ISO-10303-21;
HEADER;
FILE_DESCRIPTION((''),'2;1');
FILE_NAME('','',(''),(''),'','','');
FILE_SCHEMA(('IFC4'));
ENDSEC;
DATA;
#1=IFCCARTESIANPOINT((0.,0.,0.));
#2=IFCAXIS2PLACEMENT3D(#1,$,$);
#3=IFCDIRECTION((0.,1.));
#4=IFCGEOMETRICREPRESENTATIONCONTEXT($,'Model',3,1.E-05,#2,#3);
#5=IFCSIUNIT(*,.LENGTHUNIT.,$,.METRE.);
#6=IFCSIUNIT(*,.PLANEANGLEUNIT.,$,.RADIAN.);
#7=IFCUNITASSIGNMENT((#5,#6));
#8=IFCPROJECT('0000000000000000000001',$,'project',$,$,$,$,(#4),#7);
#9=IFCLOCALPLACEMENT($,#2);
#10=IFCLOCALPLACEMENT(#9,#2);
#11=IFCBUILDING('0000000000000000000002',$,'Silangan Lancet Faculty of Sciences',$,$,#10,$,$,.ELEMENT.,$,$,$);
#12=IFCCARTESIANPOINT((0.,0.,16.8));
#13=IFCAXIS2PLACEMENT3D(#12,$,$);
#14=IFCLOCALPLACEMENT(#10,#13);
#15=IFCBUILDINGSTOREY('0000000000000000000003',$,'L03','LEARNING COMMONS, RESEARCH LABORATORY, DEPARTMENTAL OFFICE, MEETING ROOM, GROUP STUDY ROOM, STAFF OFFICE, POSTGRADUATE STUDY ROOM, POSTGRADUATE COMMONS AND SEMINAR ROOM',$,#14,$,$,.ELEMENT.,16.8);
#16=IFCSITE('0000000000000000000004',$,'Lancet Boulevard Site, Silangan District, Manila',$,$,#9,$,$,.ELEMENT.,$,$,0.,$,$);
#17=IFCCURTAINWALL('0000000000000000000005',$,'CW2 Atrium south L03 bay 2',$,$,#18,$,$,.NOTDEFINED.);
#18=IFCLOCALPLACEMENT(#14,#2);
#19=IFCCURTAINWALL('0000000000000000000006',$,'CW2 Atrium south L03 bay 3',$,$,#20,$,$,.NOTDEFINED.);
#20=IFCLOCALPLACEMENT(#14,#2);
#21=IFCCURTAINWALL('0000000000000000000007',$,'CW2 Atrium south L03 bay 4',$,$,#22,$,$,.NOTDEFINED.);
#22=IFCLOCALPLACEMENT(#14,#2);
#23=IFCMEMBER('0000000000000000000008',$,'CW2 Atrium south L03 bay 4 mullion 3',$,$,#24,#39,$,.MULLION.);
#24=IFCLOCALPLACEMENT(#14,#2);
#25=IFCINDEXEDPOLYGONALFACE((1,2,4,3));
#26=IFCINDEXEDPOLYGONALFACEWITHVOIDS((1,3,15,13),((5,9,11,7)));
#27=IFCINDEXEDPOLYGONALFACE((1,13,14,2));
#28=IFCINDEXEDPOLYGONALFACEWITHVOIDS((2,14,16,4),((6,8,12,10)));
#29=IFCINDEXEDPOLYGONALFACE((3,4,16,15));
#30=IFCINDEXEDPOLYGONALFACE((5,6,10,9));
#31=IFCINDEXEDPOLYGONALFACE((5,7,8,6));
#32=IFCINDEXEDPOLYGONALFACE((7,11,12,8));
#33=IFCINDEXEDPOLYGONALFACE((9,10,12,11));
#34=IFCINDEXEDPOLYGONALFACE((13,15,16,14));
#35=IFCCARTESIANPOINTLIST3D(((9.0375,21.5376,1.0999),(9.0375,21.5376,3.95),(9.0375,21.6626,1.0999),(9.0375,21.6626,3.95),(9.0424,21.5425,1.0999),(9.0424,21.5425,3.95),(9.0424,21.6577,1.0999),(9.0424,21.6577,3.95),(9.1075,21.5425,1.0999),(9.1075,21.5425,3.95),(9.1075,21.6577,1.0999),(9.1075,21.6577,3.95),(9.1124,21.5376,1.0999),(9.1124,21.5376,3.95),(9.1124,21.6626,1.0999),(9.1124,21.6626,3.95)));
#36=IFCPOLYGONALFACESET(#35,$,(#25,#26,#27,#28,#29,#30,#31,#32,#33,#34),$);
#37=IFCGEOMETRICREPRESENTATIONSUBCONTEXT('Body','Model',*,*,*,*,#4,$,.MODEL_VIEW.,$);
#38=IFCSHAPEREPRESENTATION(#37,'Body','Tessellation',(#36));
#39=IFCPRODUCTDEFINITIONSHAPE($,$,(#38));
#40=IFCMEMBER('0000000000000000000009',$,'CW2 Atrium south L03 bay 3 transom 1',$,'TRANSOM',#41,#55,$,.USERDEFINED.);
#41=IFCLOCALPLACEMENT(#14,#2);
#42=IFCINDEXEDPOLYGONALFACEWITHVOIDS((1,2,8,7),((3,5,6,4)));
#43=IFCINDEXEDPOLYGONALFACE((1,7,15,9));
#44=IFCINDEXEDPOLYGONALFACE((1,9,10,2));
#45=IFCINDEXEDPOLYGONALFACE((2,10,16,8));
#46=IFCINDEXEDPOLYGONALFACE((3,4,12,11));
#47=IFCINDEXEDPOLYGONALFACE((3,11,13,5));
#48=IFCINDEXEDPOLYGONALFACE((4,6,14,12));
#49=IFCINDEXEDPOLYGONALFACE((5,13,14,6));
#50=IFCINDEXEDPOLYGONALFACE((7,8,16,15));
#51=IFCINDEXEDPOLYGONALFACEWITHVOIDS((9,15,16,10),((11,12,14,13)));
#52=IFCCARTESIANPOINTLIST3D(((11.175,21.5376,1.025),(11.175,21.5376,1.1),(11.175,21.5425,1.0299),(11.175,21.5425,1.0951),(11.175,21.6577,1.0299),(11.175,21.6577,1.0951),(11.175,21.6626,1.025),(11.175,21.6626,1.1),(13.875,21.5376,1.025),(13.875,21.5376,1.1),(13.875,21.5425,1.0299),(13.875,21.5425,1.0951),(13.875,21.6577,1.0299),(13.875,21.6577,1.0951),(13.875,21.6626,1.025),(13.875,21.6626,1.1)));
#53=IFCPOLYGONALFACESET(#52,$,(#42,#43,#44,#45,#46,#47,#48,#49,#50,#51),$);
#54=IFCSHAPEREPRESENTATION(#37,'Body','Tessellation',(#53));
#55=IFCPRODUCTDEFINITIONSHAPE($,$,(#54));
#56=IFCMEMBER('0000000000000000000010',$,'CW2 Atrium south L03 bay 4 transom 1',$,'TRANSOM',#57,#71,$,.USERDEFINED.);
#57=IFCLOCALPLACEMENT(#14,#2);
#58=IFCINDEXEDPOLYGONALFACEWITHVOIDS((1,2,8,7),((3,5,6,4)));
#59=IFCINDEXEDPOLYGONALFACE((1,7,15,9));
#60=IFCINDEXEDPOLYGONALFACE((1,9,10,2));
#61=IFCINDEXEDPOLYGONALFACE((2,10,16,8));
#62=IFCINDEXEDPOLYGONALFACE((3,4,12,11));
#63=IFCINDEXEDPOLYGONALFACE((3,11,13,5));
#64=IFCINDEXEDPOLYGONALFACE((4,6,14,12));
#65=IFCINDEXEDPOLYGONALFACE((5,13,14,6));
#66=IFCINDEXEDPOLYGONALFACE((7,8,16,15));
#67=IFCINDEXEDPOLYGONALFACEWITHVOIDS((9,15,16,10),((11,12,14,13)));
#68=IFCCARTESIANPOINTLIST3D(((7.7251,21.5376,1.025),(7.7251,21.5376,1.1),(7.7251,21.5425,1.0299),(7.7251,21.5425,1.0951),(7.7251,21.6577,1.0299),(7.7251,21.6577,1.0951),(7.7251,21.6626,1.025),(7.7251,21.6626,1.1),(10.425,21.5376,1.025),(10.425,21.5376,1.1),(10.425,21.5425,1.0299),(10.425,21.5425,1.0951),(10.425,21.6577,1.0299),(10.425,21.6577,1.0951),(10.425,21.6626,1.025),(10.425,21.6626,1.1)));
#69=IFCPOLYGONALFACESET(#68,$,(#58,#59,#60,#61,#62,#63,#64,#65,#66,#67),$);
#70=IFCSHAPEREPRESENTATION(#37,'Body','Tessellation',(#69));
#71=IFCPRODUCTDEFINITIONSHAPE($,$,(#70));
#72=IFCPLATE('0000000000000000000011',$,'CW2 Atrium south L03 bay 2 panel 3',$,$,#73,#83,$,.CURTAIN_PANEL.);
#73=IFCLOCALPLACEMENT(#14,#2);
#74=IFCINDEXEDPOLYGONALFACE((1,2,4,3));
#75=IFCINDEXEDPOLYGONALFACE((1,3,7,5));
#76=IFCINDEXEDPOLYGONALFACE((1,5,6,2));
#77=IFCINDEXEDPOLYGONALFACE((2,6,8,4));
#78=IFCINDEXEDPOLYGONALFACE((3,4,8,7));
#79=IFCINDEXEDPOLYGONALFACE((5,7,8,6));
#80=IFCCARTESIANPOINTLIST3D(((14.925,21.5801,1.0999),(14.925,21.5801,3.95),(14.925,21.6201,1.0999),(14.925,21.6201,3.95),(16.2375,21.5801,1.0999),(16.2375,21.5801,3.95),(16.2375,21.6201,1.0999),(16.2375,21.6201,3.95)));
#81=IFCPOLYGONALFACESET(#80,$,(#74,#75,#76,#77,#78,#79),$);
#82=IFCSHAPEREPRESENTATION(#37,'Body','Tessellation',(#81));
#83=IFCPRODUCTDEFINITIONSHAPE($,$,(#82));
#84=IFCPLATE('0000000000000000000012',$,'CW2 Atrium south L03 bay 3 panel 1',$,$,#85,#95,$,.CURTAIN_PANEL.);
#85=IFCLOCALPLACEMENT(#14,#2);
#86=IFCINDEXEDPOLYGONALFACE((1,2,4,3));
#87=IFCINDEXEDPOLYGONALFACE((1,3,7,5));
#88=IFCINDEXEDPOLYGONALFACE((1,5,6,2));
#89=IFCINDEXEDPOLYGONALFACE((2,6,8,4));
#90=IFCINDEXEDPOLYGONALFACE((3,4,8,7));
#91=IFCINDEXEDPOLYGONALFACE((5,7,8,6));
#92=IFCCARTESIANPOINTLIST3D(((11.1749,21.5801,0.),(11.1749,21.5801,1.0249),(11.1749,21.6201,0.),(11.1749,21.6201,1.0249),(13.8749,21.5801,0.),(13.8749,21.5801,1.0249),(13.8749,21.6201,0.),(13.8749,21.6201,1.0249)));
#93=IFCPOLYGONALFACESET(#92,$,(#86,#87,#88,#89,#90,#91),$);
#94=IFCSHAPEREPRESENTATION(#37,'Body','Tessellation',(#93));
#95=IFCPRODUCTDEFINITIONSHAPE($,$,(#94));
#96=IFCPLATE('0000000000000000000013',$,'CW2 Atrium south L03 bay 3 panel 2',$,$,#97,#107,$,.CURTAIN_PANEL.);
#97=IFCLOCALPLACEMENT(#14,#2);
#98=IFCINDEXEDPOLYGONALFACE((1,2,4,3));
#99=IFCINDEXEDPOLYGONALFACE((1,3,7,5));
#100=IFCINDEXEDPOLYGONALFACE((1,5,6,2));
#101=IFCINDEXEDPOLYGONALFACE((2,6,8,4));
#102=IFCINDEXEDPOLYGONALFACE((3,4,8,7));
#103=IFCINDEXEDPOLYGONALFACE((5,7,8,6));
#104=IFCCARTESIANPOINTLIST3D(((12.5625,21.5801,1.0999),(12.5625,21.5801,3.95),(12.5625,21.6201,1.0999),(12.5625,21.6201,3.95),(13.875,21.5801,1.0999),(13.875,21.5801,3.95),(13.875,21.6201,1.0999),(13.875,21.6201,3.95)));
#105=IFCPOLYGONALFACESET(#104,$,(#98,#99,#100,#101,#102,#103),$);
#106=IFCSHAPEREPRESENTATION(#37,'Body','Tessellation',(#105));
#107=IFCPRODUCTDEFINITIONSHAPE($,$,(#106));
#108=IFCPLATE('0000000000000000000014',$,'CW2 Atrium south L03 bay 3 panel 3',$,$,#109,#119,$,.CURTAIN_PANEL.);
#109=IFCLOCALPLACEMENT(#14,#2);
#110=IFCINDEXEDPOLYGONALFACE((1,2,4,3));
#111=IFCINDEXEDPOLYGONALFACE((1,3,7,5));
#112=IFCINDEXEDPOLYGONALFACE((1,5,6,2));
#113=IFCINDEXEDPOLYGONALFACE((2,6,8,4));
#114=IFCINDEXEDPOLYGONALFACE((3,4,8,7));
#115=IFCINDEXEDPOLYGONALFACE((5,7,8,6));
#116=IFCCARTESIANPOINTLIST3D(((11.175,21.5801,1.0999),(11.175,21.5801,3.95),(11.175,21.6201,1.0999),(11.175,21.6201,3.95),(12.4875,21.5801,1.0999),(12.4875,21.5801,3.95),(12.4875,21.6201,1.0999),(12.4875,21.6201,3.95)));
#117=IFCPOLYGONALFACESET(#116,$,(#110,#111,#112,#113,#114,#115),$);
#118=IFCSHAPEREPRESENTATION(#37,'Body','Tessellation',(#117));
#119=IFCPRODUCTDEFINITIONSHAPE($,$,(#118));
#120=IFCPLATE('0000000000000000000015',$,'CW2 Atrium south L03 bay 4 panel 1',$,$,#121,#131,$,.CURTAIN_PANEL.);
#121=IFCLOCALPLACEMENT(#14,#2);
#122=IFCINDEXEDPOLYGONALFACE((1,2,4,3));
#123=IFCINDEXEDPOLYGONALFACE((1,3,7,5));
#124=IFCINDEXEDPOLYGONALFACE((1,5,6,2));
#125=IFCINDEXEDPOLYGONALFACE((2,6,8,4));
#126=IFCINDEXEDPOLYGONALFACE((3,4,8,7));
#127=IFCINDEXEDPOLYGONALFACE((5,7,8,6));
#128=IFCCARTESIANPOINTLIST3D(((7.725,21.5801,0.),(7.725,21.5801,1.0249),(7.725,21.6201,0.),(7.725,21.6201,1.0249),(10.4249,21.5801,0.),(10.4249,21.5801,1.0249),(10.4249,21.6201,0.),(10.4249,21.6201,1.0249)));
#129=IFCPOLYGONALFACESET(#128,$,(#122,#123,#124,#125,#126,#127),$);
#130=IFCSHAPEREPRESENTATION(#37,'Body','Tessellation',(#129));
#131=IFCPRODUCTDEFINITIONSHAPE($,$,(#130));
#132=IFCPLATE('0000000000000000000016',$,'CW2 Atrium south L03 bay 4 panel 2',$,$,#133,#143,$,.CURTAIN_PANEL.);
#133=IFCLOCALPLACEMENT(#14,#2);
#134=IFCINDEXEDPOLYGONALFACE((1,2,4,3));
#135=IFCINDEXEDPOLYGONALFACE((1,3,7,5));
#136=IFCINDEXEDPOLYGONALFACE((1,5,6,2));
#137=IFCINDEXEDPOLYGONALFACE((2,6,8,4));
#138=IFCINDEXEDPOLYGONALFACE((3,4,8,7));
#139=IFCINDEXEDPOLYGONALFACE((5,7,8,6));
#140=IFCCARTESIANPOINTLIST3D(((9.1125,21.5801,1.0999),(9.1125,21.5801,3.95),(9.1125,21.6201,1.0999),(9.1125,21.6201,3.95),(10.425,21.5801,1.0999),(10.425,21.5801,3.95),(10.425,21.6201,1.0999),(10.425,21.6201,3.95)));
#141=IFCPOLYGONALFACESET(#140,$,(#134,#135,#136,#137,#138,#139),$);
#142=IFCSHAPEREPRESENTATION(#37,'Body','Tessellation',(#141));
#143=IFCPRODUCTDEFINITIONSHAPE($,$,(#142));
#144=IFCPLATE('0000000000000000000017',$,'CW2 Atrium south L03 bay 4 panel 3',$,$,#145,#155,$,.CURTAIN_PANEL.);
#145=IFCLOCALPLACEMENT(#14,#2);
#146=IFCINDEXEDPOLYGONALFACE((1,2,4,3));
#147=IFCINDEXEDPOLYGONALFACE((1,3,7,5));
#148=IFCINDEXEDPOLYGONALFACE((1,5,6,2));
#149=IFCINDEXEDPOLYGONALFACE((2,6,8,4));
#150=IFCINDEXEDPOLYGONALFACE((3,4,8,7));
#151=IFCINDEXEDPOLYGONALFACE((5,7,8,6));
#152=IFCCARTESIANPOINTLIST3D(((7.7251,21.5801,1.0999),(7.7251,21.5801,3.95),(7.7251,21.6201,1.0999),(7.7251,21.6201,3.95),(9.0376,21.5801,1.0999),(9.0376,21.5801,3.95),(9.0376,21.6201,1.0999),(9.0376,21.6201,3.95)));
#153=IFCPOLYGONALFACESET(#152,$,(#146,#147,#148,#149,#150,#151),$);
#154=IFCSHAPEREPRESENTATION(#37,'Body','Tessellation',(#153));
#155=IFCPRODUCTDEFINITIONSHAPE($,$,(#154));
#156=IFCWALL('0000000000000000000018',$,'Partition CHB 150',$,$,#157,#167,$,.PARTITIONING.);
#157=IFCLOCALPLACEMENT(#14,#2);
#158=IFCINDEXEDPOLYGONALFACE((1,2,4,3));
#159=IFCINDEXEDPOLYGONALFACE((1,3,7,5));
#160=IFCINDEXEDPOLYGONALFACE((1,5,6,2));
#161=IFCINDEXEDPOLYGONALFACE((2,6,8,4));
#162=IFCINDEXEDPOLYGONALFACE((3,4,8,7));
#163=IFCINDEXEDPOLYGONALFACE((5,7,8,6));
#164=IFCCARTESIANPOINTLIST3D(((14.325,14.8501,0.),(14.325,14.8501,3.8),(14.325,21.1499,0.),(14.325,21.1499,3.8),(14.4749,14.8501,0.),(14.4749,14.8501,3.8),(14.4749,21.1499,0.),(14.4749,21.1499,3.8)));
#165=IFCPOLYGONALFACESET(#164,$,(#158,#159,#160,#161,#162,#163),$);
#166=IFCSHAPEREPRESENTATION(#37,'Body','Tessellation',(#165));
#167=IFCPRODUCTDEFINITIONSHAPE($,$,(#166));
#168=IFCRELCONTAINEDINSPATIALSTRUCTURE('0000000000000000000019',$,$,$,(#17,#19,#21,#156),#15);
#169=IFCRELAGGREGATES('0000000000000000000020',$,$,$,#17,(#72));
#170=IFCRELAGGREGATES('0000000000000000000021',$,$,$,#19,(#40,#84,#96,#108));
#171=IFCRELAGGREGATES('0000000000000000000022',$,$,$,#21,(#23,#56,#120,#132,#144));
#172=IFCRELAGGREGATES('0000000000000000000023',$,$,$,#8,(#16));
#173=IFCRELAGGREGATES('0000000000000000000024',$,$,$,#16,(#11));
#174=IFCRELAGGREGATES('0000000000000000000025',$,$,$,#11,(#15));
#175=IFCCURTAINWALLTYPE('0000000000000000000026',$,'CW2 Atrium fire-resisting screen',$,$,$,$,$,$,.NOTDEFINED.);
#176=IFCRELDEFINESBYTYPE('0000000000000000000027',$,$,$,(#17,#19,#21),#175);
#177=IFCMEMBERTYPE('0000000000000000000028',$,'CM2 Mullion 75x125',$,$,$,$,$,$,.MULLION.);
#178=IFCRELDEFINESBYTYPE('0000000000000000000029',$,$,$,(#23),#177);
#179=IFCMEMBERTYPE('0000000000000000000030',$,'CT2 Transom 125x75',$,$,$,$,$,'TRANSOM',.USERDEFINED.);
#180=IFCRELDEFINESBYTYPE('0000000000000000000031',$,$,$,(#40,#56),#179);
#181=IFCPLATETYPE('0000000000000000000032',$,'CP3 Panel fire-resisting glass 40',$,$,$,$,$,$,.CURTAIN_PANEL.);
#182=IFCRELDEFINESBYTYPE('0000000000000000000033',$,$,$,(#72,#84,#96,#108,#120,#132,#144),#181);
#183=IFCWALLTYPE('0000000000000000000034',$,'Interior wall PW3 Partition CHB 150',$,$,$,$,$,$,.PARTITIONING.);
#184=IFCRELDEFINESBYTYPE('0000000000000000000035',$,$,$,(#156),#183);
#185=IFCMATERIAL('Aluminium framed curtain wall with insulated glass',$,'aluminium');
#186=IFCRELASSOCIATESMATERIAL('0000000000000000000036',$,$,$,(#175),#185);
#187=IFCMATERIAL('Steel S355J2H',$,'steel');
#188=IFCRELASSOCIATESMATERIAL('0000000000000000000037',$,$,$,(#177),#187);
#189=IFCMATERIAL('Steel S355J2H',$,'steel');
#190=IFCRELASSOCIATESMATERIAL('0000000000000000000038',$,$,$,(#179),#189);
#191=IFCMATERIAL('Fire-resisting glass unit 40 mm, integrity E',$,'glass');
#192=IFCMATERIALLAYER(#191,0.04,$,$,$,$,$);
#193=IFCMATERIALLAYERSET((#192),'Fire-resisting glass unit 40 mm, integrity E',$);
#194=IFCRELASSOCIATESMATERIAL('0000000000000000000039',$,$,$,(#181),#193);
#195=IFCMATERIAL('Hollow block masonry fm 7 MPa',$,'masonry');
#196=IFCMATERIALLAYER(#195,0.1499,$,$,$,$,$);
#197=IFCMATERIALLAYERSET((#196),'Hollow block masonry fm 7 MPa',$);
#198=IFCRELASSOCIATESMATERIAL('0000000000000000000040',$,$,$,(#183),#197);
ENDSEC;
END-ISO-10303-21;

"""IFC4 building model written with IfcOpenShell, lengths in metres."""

from ifc_helpers import new_model, si_unit, direction, frame, frame_2d, origin, origin_2d, place, context, subcontext, project, spatial, rectangle, hollow_rectangle, extrude, material, layer, layer_set, material_profile, profile_set, type_object, element, aggregate, save


model = new_model("IFC4")

# Units and contexts
model_context = context("Model", 3, precision=1e-05, world=origin(), true_north=direction((0.0, 1.0)))
body_context = subcontext(model_context, "Body", "Model", "MODEL_VIEW")
ifc_project = project(units=[si_unit("LENGTHUNIT", "METRE"), si_unit("PLANEANGLEUNIT", "RADIAN")], contexts=[model_context])

# Site, building, storey
site_placement = place(None, origin())
site = spatial("IfcSite", under=ifc_project, at=site_placement, Name="Lancet Boulevard Site, Silangan District, Manila", CompositionType="ELEMENT", RefElevation=0.0)
building_placement = place(site_placement, origin())
building = spatial("IfcBuilding", under=site, at=building_placement, Name="Silangan Lancet Faculty of Sciences", CompositionType="ELEMENT")
storey_placement = place(building_placement, frame((0.0, 0.0, 16.8)))
storey = spatial("IfcBuildingStorey", under=building, at=storey_placement, Name="L03", Description="LEARNING COMMONS, RESEARCH LABORATORY, DEPARTMENTAL OFFICE, MEETING ROOM, GROUP STUDY ROOM, STAFF OFFICE, POSTGRADUATE STUDY ROOM, POSTGRADUATE COMMONS AND SEMINAR ROOM", CompositionType="ELEMENT", Elevation=16.8)

# Curtain wall
ifc_material_1 = material(Name="Aluminium framed curtain wall with insulated glass", Category="aluminium")
curtain_wall_type = type_object("IfcCurtainWallType", Name="CW2 Atrium fire-resisting screen", PredefinedType="NOTDEFINED", material=ifc_material_1)
curtain_wall_1_placement = place(storey_placement, origin())
curtain_wall_1 = element("IfcCurtainWall", 1, at=curtain_wall_1_placement, inside=storey, type_object=curtain_wall_type, Name="CW2 Atrium south L03 bay 2", PredefinedType="NOTDEFINED")
ifc_material_2 = material(Name="Steel S355J2H", Category="steel")
ifc_material_profile_1 = material_profile(ifc_material_2, hollow_rectangle(XDim=0.075, YDim=0.125, WallThickness=0.0049, at=origin_2d()), Name="ST BOX 75x125x5")
ifc_profile_set_1 = profile_set([ifc_material_profile_1], Name="Steel S355J2H")
member_type_1 = type_object("IfcMemberType", Name="CM2 Mullion 75x125", PredefinedType="MULLION", material=ifc_profile_set_1)

# Curtain walls, member
curtain_wall_2_placement = place(storey_placement, origin())
curtain_wall_2 = element("IfcCurtainWall", 2, at=curtain_wall_2_placement, inside=storey, type_object=curtain_wall_type, Name="CW2 Atrium south L03 bay 3", PredefinedType="NOTDEFINED")
curtain_wall_3_placement = place(storey_placement, origin())
curtain_wall_3 = element("IfcCurtainWall", 3, at=curtain_wall_3_placement, inside=storey, type_object=curtain_wall_type, Name="CW2 Atrium south L03 bay 4", PredefinedType="NOTDEFINED")
member_1_placement = place(storey_placement, frame((9.075, 21.6001, 1.0999), z_axis=(0.0, 0.0, 1.0), x_axis=(-1.0, 0.0, 0.0)))
member_1 = element("IfcMember", 4, at=member_1_placement, type_object=member_type_1, Name="CW2 Atrium south L03 bay 4 mullion 3", PredefinedType="MULLION", context=body_context, shape_type="SweptSolid", body=[
    extrude(hollow_rectangle(XDim=0.075, YDim=0.125, WallThickness=0.0049, at=origin_2d()), origin(), (0.0, 0.0, 1.0), 2.8501),
])

# Members
ifc_material_3 = material(Name="Steel S355J2H", Category="steel")
ifc_material_profile_2 = material_profile(ifc_material_3, hollow_rectangle(XDim=0.125, YDim=0.075, WallThickness=0.0049, at=origin_2d()), Name="ST BOX 125x75x5")
ifc_profile_set_2 = profile_set([ifc_material_profile_2], Name="Steel S355J2H")
member_type_2 = type_object("IfcMemberType", Name="CT2 Transom 125x75", ElementType="TRANSOM", PredefinedType="USERDEFINED", material=ifc_profile_set_2)
member_2_placement = place(storey_placement, frame((13.875, 21.6001, 1.0625), z_axis=(-1.0, 0.0, 0.0), x_axis=(0.0, -1.0, 0.0)))
member_2 = element("IfcMember", 5, at=member_2_placement, type_object=member_type_2, Name="CW2 Atrium south L03 bay 3 transom 1", ObjectType="TRANSOM", PredefinedType="USERDEFINED", context=body_context, shape_type="SweptSolid", body=[
    extrude(hollow_rectangle(XDim=0.125, YDim=0.075, WallThickness=0.0049, at=origin_2d()), origin(), (0.0, 0.0, 1.0), 2.7),
])
member_3_placement = place(storey_placement, frame((10.425, 21.6001, 1.0625), z_axis=(-1.0, 0.0, 0.0), x_axis=(0.0, -1.0, 0.0)))
member_3 = element("IfcMember", 6, at=member_3_placement, type_object=member_type_2, Name="CW2 Atrium south L03 bay 4 transom 1", ObjectType="TRANSOM", PredefinedType="USERDEFINED", context=body_context, shape_type="SweptSolid", body=[
    extrude(hollow_rectangle(XDim=0.125, YDim=0.075, WallThickness=0.0049, at=origin_2d()), origin(), (0.0, 0.0, 1.0), 2.7),
])

# Plates
ifc_material_4 = material(Name="Fire-resisting glass unit 40 mm, integrity E", Category="glass")
ifc_layer_1 = layer(ifc_material_4, 0.04)
ifc_layer_set_1 = layer_set([ifc_layer_1], Name="Fire-resisting glass unit 40 mm, integrity E")
plate_type = type_object("IfcPlateType", Name="CP3 Panel fire-resisting glass 40", PredefinedType="CURTAIN_PANEL", material=ifc_layer_set_1)
plate_1_placement = place(storey_placement, frame((15.5813, 21.6001, 1.0999), z_axis=(0.0, 0.0, 1.0), x_axis=(-1.0, 0.0, 0.0)))
plate_1 = element("IfcPlate", 7, at=plate_1_placement, type_object=plate_type, Name="CW2 Atrium south L03 bay 2 panel 3", PredefinedType="CURTAIN_PANEL", context=body_context, shape_type="SweptSolid", body=[
    extrude(rectangle(XDim=1.3125, YDim=0.04, at=origin_2d()), origin(), (0.0, 0.0, 1.0), 2.8501),
])
aggregate(curtain_wall_1, [plate_1])
plate_2_placement = place(storey_placement, frame((12.5249, 21.6001, 0.0), z_axis=(0.0, 0.0, 1.0), x_axis=(-1.0, 0.0, 0.0)))
plate_2 = element("IfcPlate", 8, at=plate_2_placement, type_object=plate_type, Name="CW2 Atrium south L03 bay 3 panel 1", PredefinedType="CURTAIN_PANEL", context=body_context, shape_type="SweptSolid", body=[
    extrude(rectangle(XDim=2.7, YDim=0.04, at=origin_2d()), origin(), (0.0, 0.0, 1.0), 1.0249),
])
plate_3_placement = place(storey_placement, frame((13.2188, 21.6001, 1.0999), z_axis=(0.0, 0.0, 1.0), x_axis=(-1.0, 0.0, 0.0)))
plate_3 = element("IfcPlate", 9, at=plate_3_placement, type_object=plate_type, Name="CW2 Atrium south L03 bay 3 panel 2", PredefinedType="CURTAIN_PANEL", context=body_context, shape_type="SweptSolid", body=[
    extrude(rectangle(XDim=1.3125, YDim=0.04, at=origin_2d()), origin(), (0.0, 0.0, 1.0), 2.8501),
])
plate_4_placement = place(storey_placement, frame((11.8313, 21.6001, 1.0999), z_axis=(0.0, 0.0, 1.0), x_axis=(-1.0, 0.0, 0.0)))
plate_4 = element("IfcPlate", 10, at=plate_4_placement, type_object=plate_type, Name="CW2 Atrium south L03 bay 3 panel 3", PredefinedType="CURTAIN_PANEL", context=body_context, shape_type="SweptSolid", body=[
    extrude(rectangle(XDim=1.3125, YDim=0.04, at=origin_2d()), origin(), (0.0, 0.0, 1.0), 2.8501),
])
aggregate(curtain_wall_2, [member_2, plate_2, plate_3, plate_4])
plate_5_placement = place(storey_placement, frame((9.075, 21.6001, 0.0), z_axis=(0.0, 0.0, 1.0), x_axis=(-1.0, 0.0, 0.0)))
plate_5 = element("IfcPlate", 11, at=plate_5_placement, type_object=plate_type, Name="CW2 Atrium south L03 bay 4 panel 1", PredefinedType="CURTAIN_PANEL", context=body_context, shape_type="SweptSolid", body=[
    extrude(rectangle(XDim=2.7, YDim=0.04, at=origin_2d()), origin(), (0.0, 0.0, 1.0), 1.0249),
])
plate_6_placement = place(storey_placement, frame((9.7688, 21.6001, 1.0999), z_axis=(0.0, 0.0, 1.0), x_axis=(-1.0, 0.0, 0.0)))
plate_6 = element("IfcPlate", 12, at=plate_6_placement, type_object=plate_type, Name="CW2 Atrium south L03 bay 4 panel 2", PredefinedType="CURTAIN_PANEL", context=body_context, shape_type="SweptSolid", body=[
    extrude(rectangle(XDim=1.3125, YDim=0.04, at=origin_2d()), origin(), (0.0, 0.0, 1.0), 2.8501),
])
plate_7_placement = place(storey_placement, frame((8.3813, 21.6001, 1.0999), z_axis=(0.0, 0.0, 1.0), x_axis=(-1.0, 0.0, 0.0)))
plate_7 = element("IfcPlate", 13, at=plate_7_placement, type_object=plate_type, Name="CW2 Atrium south L03 bay 4 panel 3", PredefinedType="CURTAIN_PANEL", context=body_context, shape_type="SweptSolid", body=[
    extrude(rectangle(XDim=1.3125, YDim=0.04, at=origin_2d()), origin(), (0.0, 0.0, 1.0), 2.8501),
])
aggregate(curtain_wall_3, [member_1, member_3, plate_5, plate_6, plate_7])

# Wall
ifc_material_5 = material(Name="Hollow block masonry fm 7 MPa", Category="masonry")
ifc_layer_2 = layer(ifc_material_5, 0.1499)
ifc_layer_set_2 = layer_set([ifc_layer_2], Name="Hollow block masonry fm 7 MPa")
wall_type = type_object("IfcWallType", Name="Interior wall PW3 Partition CHB 150", PredefinedType="PARTITIONING", material=ifc_layer_set_2)
wall_placement = place(storey_placement, frame((14.3999, 14.8501, 0.0), z_axis=(0.0, 0.0, 1.0), x_axis=(0.0, 1.0, 0.0)))
element("IfcWall", 14, at=wall_placement, inside=storey, type_object=wall_type, Name="Partition CHB 150", PredefinedType="PARTITIONING", context=body_context, shape_type="SweptSolid", body=[
    extrude(rectangle(XDim=6.2998, YDim=0.1499, at=frame_2d((3.1499, 0.0))), origin(), (0.0, 0.0, 1.0), 3.8),
])

save(model, "model.ifc")
